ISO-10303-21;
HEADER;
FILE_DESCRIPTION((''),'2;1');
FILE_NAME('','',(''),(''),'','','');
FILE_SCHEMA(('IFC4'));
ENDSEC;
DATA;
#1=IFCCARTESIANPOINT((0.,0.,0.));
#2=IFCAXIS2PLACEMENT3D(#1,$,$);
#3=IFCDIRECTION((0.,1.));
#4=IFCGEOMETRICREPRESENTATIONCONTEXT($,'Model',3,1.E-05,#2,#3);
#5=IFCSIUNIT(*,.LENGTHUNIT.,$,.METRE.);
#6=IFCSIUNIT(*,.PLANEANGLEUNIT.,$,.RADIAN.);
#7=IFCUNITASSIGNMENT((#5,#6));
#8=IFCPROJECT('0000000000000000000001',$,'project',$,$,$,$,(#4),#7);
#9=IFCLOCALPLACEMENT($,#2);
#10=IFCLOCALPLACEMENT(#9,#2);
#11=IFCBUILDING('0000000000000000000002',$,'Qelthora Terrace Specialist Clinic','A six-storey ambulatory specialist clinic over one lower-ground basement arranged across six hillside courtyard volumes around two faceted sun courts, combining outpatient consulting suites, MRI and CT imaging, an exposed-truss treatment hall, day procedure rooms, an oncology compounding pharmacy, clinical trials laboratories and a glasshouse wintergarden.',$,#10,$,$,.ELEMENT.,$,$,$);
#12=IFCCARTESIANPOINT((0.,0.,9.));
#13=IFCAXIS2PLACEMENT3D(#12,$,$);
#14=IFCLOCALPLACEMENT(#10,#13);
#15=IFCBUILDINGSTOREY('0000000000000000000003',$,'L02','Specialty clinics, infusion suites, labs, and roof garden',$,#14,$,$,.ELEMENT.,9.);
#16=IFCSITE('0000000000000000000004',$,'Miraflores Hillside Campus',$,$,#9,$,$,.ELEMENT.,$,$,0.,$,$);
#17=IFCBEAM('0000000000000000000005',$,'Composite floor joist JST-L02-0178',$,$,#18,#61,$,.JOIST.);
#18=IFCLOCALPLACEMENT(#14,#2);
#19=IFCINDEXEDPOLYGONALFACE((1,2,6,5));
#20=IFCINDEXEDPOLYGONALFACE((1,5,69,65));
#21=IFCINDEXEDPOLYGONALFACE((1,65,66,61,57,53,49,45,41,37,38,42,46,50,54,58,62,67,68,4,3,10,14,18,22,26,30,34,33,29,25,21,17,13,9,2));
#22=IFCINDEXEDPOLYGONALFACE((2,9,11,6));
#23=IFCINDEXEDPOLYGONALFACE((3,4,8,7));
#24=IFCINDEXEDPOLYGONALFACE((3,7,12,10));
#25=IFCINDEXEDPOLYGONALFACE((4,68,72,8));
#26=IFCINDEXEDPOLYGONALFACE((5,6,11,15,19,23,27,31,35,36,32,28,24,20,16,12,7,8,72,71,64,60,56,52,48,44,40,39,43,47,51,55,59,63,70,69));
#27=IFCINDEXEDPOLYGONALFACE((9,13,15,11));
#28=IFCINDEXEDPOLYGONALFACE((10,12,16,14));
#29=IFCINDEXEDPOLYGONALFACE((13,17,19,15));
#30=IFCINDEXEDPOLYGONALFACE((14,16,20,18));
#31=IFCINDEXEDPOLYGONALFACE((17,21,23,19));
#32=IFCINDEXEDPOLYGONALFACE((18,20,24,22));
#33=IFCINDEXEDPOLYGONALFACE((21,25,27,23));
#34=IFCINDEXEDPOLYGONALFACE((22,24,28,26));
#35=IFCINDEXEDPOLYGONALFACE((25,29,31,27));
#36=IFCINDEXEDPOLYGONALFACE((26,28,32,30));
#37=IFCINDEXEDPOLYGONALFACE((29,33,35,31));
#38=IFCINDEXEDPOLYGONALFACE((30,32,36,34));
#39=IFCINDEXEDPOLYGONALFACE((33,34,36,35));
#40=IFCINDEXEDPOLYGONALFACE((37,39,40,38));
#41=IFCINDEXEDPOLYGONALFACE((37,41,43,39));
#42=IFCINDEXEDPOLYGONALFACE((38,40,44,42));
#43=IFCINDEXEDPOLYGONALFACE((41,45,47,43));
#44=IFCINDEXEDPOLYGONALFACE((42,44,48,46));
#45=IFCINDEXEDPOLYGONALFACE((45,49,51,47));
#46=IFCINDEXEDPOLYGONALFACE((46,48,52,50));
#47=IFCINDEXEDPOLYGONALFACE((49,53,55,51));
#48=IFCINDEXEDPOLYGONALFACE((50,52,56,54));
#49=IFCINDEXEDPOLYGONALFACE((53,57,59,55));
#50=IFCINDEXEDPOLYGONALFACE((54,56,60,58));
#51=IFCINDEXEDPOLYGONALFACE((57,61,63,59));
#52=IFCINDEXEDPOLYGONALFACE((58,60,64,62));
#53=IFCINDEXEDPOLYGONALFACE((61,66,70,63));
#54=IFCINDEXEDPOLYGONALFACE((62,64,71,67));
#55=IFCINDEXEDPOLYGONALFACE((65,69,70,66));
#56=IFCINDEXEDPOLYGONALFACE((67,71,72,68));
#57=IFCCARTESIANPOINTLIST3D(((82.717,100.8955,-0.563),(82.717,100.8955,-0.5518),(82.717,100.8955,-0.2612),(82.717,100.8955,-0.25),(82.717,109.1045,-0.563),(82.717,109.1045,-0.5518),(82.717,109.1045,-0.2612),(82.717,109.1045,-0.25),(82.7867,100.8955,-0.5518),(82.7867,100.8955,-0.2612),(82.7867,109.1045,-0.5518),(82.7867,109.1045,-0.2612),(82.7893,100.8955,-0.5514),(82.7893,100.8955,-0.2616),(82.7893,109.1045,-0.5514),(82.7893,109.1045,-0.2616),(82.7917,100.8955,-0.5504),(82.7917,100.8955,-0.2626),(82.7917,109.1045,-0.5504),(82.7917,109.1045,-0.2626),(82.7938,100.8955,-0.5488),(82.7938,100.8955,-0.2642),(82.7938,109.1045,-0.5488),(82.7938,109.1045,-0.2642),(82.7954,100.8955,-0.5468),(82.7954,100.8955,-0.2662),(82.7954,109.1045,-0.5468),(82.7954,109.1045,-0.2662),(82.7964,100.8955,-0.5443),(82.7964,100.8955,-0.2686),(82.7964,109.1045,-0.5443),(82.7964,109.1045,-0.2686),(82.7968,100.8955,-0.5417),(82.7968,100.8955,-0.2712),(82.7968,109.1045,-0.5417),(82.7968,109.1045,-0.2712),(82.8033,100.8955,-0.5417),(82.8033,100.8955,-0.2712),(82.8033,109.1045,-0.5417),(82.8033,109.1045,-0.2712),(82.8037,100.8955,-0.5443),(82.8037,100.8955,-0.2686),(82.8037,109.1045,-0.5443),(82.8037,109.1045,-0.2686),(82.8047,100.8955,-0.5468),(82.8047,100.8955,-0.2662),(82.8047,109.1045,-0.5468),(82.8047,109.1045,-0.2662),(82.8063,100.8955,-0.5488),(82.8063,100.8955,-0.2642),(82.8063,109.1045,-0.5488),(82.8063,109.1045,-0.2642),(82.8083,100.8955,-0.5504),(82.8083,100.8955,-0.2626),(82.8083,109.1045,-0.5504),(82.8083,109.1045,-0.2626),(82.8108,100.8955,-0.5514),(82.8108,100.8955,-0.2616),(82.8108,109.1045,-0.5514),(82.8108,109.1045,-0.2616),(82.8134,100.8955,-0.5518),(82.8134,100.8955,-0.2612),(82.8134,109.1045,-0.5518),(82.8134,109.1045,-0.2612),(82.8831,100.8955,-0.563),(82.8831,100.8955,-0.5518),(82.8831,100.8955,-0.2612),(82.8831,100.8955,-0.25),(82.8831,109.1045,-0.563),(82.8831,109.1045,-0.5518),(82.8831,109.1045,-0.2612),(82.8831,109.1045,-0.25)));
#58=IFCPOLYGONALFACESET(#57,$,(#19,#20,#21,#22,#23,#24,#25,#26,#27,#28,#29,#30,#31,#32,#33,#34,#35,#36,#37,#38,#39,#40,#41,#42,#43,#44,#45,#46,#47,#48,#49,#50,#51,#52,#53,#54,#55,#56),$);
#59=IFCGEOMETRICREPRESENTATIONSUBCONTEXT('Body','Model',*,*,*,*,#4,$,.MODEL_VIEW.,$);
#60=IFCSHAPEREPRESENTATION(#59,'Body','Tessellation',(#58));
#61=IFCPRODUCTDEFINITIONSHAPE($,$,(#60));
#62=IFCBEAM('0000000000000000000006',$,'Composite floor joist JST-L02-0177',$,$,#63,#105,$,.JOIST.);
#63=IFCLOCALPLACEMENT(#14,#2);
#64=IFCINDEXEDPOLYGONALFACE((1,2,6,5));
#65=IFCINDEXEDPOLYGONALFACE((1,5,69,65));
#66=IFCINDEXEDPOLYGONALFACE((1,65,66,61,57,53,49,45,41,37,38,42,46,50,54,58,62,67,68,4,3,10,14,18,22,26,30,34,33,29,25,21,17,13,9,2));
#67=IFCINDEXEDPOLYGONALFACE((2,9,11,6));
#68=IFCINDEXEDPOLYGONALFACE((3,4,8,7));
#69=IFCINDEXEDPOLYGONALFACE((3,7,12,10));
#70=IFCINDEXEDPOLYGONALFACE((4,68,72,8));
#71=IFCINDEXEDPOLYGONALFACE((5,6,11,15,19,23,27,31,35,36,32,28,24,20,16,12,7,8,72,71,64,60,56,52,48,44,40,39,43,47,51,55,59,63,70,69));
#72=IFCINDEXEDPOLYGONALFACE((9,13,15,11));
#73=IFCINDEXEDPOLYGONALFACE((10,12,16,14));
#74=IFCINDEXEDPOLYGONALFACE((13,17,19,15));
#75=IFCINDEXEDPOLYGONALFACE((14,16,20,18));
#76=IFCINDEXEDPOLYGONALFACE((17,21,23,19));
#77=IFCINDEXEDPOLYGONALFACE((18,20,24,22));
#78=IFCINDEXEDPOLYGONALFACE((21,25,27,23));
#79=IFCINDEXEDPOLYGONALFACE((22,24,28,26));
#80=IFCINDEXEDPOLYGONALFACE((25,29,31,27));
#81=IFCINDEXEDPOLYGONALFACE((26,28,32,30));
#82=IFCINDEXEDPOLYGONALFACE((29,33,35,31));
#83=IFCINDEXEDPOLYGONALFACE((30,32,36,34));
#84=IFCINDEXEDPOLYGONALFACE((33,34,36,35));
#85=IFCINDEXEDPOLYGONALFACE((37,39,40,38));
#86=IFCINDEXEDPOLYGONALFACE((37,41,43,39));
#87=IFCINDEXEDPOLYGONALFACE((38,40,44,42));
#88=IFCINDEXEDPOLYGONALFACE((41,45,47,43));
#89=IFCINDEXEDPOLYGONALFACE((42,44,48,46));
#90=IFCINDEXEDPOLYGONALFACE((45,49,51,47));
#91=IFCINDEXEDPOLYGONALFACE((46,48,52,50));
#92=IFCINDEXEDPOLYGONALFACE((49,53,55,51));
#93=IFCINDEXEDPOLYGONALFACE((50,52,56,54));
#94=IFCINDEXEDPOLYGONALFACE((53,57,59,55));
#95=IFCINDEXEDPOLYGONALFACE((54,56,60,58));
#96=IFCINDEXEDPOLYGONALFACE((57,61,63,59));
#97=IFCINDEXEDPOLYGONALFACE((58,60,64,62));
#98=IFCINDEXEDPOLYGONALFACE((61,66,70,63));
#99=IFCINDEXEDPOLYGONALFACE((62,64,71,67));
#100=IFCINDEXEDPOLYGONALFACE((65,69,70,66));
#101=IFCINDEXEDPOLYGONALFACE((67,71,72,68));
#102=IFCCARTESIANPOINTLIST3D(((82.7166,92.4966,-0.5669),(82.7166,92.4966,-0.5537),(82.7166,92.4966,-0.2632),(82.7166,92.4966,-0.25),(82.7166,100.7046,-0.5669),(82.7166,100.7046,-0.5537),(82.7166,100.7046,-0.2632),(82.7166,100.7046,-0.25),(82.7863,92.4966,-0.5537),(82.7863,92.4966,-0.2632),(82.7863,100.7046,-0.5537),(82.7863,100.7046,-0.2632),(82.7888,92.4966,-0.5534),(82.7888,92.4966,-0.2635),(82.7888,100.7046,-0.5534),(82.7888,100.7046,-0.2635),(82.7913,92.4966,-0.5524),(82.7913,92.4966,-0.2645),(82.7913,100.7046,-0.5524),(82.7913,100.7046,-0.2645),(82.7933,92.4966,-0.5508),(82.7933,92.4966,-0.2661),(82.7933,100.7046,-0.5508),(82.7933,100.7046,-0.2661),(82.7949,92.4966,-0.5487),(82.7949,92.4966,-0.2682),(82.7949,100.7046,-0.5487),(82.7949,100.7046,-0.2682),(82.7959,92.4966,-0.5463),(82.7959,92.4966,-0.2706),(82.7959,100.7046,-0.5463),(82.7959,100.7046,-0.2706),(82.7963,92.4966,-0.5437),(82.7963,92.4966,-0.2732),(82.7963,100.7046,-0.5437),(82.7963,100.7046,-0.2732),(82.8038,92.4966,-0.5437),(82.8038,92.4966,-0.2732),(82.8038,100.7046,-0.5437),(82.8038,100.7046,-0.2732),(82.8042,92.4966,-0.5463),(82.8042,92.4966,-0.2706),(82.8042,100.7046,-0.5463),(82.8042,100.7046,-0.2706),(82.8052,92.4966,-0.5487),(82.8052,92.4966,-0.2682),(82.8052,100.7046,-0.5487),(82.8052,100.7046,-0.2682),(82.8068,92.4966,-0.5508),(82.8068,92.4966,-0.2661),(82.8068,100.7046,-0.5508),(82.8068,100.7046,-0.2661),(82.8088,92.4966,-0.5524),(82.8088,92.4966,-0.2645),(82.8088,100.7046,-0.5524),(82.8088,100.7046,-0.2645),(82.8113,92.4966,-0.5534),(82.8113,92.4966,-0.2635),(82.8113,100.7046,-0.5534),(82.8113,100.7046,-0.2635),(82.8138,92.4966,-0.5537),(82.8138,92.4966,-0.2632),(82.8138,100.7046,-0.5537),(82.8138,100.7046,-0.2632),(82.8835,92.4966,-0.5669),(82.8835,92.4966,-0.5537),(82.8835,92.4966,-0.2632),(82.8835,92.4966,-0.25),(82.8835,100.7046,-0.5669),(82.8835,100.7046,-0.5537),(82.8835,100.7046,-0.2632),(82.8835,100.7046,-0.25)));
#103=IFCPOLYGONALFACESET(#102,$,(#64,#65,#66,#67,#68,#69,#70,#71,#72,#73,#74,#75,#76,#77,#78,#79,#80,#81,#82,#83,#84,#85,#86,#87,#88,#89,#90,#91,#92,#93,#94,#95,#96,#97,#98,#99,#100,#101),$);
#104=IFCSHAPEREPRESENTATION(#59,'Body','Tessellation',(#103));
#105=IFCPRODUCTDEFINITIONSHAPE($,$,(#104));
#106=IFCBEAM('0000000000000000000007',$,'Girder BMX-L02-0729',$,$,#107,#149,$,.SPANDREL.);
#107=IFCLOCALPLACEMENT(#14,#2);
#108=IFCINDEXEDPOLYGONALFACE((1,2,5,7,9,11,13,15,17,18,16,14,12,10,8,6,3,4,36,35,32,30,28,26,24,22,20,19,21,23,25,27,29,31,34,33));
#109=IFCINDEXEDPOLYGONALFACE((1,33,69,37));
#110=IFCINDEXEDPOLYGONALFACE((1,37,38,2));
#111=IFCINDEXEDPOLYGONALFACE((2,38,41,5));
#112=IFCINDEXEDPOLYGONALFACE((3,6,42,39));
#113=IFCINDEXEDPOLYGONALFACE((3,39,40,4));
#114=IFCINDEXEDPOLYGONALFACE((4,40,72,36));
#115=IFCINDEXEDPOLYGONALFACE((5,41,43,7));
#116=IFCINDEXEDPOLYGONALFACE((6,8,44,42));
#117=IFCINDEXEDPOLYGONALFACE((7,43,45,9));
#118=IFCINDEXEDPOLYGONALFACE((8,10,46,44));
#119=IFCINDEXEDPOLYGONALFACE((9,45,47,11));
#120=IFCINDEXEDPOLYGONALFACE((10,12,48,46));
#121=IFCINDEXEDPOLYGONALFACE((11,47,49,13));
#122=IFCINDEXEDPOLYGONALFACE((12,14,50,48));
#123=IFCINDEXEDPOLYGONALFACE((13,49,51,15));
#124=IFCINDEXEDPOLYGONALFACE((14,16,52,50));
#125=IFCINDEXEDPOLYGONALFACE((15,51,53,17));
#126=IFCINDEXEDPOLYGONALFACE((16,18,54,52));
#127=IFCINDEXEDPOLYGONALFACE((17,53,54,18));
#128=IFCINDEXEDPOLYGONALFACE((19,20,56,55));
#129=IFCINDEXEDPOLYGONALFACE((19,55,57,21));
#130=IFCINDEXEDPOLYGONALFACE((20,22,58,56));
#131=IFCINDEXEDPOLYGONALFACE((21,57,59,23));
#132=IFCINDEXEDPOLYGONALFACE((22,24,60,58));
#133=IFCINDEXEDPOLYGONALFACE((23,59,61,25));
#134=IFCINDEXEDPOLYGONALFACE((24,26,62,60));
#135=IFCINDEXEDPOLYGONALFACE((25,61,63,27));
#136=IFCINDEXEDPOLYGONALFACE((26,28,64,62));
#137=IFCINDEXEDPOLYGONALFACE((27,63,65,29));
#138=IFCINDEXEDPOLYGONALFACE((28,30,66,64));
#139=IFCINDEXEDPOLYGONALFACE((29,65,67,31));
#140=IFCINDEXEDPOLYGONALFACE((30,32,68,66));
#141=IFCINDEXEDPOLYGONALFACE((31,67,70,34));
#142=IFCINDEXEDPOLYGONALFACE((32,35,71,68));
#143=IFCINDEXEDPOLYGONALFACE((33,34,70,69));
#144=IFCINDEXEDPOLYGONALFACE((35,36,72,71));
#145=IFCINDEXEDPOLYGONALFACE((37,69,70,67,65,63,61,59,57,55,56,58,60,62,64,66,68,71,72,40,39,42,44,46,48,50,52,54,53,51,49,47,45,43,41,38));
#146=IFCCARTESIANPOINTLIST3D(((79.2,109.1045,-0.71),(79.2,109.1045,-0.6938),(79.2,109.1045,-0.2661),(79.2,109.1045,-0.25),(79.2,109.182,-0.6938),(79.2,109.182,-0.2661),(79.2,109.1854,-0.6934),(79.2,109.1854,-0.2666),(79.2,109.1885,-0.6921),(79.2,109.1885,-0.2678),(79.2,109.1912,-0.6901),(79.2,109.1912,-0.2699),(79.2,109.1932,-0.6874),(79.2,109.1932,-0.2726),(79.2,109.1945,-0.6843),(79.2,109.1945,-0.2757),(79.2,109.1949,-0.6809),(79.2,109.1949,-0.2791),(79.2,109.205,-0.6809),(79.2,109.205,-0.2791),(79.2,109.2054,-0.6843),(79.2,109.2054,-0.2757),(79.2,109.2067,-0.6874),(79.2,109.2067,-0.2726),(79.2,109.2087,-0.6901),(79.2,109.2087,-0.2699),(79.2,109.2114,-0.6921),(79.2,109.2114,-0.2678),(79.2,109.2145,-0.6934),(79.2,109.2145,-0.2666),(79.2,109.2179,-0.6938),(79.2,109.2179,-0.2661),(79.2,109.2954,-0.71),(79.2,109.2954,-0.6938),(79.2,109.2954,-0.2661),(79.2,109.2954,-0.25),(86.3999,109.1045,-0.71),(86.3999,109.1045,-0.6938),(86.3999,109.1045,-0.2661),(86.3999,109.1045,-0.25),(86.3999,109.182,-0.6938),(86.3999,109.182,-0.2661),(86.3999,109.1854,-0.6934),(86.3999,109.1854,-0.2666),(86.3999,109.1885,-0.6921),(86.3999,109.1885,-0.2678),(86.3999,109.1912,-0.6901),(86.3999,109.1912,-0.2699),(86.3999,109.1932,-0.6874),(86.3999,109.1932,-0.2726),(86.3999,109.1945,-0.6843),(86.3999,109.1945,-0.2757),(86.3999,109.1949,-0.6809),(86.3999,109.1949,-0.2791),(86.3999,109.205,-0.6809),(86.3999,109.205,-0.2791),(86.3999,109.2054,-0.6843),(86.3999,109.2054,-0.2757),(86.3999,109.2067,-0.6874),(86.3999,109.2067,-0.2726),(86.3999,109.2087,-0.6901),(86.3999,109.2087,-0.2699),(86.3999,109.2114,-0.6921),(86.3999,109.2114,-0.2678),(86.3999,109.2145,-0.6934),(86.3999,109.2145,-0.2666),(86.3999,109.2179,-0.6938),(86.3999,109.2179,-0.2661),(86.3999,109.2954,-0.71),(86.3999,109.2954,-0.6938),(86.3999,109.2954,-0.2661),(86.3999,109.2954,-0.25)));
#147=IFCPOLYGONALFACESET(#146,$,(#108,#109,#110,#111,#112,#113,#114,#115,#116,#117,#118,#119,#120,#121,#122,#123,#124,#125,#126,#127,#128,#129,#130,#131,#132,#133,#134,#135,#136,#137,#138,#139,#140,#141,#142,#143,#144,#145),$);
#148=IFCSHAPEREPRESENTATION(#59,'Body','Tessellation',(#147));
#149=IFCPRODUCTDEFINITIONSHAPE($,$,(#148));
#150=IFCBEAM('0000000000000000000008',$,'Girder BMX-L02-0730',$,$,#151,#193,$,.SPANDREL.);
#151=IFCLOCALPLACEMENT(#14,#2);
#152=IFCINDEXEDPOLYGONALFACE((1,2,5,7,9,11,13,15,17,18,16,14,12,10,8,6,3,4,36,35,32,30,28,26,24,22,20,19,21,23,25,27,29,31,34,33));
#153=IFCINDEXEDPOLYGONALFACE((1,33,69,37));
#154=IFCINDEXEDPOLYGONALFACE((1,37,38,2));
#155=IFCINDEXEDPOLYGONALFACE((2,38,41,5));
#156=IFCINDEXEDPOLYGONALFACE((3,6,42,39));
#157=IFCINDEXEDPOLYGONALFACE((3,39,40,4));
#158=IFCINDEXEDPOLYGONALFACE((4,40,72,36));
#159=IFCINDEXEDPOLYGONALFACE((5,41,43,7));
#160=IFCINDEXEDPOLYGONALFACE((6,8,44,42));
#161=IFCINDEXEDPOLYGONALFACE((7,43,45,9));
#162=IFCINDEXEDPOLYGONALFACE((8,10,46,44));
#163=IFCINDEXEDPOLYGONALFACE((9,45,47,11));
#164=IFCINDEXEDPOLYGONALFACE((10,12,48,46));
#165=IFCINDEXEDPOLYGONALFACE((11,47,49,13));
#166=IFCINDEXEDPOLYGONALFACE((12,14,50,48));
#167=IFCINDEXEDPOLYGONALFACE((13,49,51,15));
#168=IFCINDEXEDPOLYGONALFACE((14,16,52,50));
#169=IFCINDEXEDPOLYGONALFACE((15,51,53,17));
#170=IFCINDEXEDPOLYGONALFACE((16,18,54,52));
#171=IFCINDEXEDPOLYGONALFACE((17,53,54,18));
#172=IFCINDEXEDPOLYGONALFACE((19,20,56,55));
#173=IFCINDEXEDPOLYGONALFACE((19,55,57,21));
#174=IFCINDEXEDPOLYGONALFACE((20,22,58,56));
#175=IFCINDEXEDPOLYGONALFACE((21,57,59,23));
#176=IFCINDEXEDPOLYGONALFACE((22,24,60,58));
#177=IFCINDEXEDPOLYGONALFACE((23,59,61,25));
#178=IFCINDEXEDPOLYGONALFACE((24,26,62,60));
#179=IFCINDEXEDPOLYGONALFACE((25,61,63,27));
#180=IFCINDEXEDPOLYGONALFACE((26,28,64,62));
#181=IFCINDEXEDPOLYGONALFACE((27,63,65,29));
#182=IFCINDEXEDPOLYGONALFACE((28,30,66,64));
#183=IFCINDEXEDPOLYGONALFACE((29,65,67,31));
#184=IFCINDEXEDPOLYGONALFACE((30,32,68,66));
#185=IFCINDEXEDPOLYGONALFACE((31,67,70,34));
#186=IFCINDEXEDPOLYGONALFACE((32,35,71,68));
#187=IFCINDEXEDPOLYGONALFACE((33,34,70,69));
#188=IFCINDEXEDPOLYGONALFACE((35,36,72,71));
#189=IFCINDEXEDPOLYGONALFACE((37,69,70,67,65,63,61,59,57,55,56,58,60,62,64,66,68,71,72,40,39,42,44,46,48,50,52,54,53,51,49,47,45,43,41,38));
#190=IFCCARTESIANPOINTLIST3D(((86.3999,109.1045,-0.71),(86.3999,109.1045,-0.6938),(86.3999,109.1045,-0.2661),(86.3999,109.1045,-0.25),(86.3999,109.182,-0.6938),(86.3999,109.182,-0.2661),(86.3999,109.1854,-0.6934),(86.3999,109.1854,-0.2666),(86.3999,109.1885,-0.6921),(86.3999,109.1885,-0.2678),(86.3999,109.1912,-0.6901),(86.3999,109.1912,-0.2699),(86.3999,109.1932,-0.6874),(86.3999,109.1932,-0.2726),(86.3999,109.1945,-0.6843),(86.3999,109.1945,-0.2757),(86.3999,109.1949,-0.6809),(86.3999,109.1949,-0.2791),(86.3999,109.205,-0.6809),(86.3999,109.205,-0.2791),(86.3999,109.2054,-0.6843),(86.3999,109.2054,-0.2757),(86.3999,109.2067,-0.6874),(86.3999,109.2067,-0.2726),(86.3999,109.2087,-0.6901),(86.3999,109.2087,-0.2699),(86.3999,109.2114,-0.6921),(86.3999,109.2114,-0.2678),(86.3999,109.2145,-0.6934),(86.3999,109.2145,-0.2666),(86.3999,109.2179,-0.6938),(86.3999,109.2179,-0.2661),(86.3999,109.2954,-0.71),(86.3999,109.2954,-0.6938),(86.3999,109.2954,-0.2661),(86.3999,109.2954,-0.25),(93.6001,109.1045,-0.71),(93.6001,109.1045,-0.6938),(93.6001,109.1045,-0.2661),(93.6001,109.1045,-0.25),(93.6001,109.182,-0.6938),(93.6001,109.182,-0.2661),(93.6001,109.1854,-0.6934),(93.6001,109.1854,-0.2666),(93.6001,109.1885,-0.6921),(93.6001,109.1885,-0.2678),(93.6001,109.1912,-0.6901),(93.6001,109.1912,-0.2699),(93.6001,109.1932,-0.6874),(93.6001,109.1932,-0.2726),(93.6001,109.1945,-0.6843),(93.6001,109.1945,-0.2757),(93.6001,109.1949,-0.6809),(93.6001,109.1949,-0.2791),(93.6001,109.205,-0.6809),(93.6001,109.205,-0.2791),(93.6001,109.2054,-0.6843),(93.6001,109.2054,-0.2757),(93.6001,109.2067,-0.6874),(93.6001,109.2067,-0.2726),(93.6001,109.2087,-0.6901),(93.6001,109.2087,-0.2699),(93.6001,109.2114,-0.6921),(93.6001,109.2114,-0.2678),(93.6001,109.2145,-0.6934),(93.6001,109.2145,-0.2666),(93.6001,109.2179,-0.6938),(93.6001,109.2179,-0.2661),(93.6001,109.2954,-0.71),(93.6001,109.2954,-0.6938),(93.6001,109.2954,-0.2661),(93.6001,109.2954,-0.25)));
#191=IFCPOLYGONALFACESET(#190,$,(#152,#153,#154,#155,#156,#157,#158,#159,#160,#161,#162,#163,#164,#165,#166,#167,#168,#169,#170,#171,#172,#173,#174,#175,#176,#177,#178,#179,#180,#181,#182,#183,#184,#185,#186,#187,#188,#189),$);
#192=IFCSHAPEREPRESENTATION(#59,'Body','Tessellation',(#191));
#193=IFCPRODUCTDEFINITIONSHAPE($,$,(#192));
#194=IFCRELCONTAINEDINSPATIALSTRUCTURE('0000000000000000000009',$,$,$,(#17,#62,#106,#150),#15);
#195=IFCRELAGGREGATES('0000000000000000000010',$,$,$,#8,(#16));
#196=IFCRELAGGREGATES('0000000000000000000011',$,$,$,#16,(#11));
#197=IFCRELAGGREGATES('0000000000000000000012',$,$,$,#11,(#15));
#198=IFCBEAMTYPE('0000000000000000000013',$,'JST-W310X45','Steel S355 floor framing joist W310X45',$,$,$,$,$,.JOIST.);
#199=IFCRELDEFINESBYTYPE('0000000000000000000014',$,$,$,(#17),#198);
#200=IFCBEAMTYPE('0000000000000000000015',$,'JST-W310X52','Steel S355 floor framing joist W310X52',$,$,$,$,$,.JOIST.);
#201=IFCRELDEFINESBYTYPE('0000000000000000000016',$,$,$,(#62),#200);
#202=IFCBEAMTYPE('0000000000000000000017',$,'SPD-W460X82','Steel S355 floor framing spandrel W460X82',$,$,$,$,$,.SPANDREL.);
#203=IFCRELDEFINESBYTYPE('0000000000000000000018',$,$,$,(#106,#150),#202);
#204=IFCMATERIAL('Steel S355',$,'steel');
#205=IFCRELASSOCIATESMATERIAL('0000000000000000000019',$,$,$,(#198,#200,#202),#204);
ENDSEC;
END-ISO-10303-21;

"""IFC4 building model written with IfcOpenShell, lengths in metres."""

from ifc_helpers import new_model, si_unit, direction, frame, origin, origin_2d, place, context, subcontext, project, spatial, i_section, extrude, material, material_profile, profile_set, type_object, element, save


model = new_model("IFC4")

# Units and contexts
model_context = context("Model", 3, precision=1e-05, world=origin(), true_north=direction((0.0, 1.0)))
body_context = subcontext(model_context, "Body", "Model", "MODEL_VIEW")
ifc_project = project(units=[si_unit("LENGTHUNIT", "METRE"), si_unit("PLANEANGLEUNIT", "RADIAN")], contexts=[model_context])

# Site, building, storey
site_placement = place(None, origin())
site = spatial("IfcSite", under=ifc_project, at=site_placement, Name="Miraflores Hillside Campus", CompositionType="ELEMENT", RefElevation=0.0)
building_placement = place(site_placement, origin())
building = spatial("IfcBuilding", under=site, at=building_placement, Name="Qelthora Terrace Specialist Clinic", Description="A six-storey ambulatory specialist clinic over one lower-ground basement arranged across six hillside courtyard volumes around two faceted sun courts, combining outpatient consulting suites, MRI and CT imaging, an exposed-truss treatment hall, day procedure rooms, an oncology compounding pharmacy, clinical trials laboratories and a glasshouse wintergarden.", CompositionType="ELEMENT")
storey_placement = place(building_placement, frame((0.0, 0.0, 9.0)))
storey = spatial("IfcBuildingStorey", under=building, at=storey_placement, Name="L02", Description="Specialty clinics, infusion suites, labs, and roof garden", CompositionType="ELEMENT", Elevation=9.0)

# Shared definitions
ifc_material_1 = material(Name="Steel S355", Category="steel")

# Beams
ifc_material_profile_1 = material_profile(ifc_material_1, i_section(OverallWidth=0.166, OverallDepth=0.313, WebThickness=0.0066, FlangeThickness=0.0112, FilletRadius=0.01, at=origin_2d()), Name="W310X45")
ifc_profile_set_1 = profile_set([ifc_material_profile_1], Name="Steel S355")
beam_type_1 = type_object("IfcBeamType", Name="JST-W310X45", Description="Steel S355 floor framing joist W310X45", PredefinedType="JOIST", material=ifc_profile_set_1)
beam_1_placement = place(storey_placement, frame((82.8, 100.8955, -0.4065), z_axis=(0.0, 1.0, 0.0), x_axis=(-1.0, 0.0, 0.0)))
element("IfcBeam", 1, at=beam_1_placement, inside=storey, type_object=beam_type_1, Name="Composite floor joist JST-L02-0178", PredefinedType="JOIST", context=body_context, shape_type="SweptSolid", body=[
    extrude(i_section(OverallWidth=0.166, OverallDepth=0.313, WebThickness=0.0066, FlangeThickness=0.0112, FilletRadius=0.01, at=origin_2d()), origin(), (0.0, 0.0, 1.0), 8.209),
])
ifc_material_profile_2 = material_profile(ifc_material_1, i_section(OverallWidth=0.167, OverallDepth=0.3169, WebThickness=0.0076, FlangeThickness=0.0132, FilletRadius=0.01, at=origin_2d()), Name="W310X52")
ifc_profile_set_2 = profile_set([ifc_material_profile_2], Name="Steel S355")
beam_type_2 = type_object("IfcBeamType", Name="JST-W310X52", Description="Steel S355 floor framing joist W310X52", PredefinedType="JOIST", material=ifc_profile_set_2)
beam_2_placement = place(storey_placement, frame((82.8, 92.4966, -0.4084), z_axis=(0.0, 1.0, 0.0), x_axis=(-1.0, 0.0, 0.0)))
element("IfcBeam", 2, at=beam_2_placement, inside=storey, type_object=beam_type_2, Name="Composite floor joist JST-L02-0177", PredefinedType="JOIST", context=body_context, shape_type="SweptSolid", body=[
    extrude(i_section(OverallWidth=0.167, OverallDepth=0.3169, WebThickness=0.0076, FlangeThickness=0.0132, FilletRadius=0.01, at=origin_2d()), origin(), (0.0, 0.0, 1.0), 8.208),
])
ifc_material_profile_3 = material_profile(ifc_material_1, i_section(OverallWidth=0.1909, OverallDepth=0.46, WebThickness=0.01, FlangeThickness=0.0161, FilletRadius=0.0129, at=origin_2d()), Name="W460X82")
ifc_profile_set_3 = profile_set([ifc_material_profile_3], Name="Steel S355")
beam_type_3 = type_object("IfcBeamType", Name="SPD-W460X82", Description="Steel S355 floor framing spandrel W460X82", PredefinedType="SPANDREL", material=ifc_profile_set_3)
beam_3_placement = place(storey_placement, frame((79.2, 109.2, -0.48), z_axis=(1.0, 0.0, 0.0), x_axis=(0.0, 1.0, 0.0)))
element("IfcBeam", 3, at=beam_3_placement, inside=storey, type_object=beam_type_3, Name="Girder BMX-L02-0729", PredefinedType="SPANDREL", context=body_context, shape_type="SweptSolid", body=[
    extrude(i_section(OverallWidth=0.1909, OverallDepth=0.46, WebThickness=0.01, FlangeThickness=0.0161, FilletRadius=0.0129, at=origin_2d()), origin(), (0.0, 0.0, 1.0), 7.2),
])
beam_4_placement = place(storey_placement, frame((86.3999, 109.2, -0.48), z_axis=(1.0, 0.0, 0.0), x_axis=(0.0, 1.0, 0.0)))
element("IfcBeam", 4, at=beam_4_placement, inside=storey, type_object=beam_type_3, Name="Girder BMX-L02-0730", PredefinedType="SPANDREL", context=body_context, shape_type="SweptSolid", body=[
    extrude(i_section(OverallWidth=0.1909, OverallDepth=0.46, WebThickness=0.01, FlangeThickness=0.0161, FilletRadius=0.0129, at=origin_2d()), origin(), (0.0, 0.0, 1.0), 7.2002),
])

save(model, "model.ifc")
